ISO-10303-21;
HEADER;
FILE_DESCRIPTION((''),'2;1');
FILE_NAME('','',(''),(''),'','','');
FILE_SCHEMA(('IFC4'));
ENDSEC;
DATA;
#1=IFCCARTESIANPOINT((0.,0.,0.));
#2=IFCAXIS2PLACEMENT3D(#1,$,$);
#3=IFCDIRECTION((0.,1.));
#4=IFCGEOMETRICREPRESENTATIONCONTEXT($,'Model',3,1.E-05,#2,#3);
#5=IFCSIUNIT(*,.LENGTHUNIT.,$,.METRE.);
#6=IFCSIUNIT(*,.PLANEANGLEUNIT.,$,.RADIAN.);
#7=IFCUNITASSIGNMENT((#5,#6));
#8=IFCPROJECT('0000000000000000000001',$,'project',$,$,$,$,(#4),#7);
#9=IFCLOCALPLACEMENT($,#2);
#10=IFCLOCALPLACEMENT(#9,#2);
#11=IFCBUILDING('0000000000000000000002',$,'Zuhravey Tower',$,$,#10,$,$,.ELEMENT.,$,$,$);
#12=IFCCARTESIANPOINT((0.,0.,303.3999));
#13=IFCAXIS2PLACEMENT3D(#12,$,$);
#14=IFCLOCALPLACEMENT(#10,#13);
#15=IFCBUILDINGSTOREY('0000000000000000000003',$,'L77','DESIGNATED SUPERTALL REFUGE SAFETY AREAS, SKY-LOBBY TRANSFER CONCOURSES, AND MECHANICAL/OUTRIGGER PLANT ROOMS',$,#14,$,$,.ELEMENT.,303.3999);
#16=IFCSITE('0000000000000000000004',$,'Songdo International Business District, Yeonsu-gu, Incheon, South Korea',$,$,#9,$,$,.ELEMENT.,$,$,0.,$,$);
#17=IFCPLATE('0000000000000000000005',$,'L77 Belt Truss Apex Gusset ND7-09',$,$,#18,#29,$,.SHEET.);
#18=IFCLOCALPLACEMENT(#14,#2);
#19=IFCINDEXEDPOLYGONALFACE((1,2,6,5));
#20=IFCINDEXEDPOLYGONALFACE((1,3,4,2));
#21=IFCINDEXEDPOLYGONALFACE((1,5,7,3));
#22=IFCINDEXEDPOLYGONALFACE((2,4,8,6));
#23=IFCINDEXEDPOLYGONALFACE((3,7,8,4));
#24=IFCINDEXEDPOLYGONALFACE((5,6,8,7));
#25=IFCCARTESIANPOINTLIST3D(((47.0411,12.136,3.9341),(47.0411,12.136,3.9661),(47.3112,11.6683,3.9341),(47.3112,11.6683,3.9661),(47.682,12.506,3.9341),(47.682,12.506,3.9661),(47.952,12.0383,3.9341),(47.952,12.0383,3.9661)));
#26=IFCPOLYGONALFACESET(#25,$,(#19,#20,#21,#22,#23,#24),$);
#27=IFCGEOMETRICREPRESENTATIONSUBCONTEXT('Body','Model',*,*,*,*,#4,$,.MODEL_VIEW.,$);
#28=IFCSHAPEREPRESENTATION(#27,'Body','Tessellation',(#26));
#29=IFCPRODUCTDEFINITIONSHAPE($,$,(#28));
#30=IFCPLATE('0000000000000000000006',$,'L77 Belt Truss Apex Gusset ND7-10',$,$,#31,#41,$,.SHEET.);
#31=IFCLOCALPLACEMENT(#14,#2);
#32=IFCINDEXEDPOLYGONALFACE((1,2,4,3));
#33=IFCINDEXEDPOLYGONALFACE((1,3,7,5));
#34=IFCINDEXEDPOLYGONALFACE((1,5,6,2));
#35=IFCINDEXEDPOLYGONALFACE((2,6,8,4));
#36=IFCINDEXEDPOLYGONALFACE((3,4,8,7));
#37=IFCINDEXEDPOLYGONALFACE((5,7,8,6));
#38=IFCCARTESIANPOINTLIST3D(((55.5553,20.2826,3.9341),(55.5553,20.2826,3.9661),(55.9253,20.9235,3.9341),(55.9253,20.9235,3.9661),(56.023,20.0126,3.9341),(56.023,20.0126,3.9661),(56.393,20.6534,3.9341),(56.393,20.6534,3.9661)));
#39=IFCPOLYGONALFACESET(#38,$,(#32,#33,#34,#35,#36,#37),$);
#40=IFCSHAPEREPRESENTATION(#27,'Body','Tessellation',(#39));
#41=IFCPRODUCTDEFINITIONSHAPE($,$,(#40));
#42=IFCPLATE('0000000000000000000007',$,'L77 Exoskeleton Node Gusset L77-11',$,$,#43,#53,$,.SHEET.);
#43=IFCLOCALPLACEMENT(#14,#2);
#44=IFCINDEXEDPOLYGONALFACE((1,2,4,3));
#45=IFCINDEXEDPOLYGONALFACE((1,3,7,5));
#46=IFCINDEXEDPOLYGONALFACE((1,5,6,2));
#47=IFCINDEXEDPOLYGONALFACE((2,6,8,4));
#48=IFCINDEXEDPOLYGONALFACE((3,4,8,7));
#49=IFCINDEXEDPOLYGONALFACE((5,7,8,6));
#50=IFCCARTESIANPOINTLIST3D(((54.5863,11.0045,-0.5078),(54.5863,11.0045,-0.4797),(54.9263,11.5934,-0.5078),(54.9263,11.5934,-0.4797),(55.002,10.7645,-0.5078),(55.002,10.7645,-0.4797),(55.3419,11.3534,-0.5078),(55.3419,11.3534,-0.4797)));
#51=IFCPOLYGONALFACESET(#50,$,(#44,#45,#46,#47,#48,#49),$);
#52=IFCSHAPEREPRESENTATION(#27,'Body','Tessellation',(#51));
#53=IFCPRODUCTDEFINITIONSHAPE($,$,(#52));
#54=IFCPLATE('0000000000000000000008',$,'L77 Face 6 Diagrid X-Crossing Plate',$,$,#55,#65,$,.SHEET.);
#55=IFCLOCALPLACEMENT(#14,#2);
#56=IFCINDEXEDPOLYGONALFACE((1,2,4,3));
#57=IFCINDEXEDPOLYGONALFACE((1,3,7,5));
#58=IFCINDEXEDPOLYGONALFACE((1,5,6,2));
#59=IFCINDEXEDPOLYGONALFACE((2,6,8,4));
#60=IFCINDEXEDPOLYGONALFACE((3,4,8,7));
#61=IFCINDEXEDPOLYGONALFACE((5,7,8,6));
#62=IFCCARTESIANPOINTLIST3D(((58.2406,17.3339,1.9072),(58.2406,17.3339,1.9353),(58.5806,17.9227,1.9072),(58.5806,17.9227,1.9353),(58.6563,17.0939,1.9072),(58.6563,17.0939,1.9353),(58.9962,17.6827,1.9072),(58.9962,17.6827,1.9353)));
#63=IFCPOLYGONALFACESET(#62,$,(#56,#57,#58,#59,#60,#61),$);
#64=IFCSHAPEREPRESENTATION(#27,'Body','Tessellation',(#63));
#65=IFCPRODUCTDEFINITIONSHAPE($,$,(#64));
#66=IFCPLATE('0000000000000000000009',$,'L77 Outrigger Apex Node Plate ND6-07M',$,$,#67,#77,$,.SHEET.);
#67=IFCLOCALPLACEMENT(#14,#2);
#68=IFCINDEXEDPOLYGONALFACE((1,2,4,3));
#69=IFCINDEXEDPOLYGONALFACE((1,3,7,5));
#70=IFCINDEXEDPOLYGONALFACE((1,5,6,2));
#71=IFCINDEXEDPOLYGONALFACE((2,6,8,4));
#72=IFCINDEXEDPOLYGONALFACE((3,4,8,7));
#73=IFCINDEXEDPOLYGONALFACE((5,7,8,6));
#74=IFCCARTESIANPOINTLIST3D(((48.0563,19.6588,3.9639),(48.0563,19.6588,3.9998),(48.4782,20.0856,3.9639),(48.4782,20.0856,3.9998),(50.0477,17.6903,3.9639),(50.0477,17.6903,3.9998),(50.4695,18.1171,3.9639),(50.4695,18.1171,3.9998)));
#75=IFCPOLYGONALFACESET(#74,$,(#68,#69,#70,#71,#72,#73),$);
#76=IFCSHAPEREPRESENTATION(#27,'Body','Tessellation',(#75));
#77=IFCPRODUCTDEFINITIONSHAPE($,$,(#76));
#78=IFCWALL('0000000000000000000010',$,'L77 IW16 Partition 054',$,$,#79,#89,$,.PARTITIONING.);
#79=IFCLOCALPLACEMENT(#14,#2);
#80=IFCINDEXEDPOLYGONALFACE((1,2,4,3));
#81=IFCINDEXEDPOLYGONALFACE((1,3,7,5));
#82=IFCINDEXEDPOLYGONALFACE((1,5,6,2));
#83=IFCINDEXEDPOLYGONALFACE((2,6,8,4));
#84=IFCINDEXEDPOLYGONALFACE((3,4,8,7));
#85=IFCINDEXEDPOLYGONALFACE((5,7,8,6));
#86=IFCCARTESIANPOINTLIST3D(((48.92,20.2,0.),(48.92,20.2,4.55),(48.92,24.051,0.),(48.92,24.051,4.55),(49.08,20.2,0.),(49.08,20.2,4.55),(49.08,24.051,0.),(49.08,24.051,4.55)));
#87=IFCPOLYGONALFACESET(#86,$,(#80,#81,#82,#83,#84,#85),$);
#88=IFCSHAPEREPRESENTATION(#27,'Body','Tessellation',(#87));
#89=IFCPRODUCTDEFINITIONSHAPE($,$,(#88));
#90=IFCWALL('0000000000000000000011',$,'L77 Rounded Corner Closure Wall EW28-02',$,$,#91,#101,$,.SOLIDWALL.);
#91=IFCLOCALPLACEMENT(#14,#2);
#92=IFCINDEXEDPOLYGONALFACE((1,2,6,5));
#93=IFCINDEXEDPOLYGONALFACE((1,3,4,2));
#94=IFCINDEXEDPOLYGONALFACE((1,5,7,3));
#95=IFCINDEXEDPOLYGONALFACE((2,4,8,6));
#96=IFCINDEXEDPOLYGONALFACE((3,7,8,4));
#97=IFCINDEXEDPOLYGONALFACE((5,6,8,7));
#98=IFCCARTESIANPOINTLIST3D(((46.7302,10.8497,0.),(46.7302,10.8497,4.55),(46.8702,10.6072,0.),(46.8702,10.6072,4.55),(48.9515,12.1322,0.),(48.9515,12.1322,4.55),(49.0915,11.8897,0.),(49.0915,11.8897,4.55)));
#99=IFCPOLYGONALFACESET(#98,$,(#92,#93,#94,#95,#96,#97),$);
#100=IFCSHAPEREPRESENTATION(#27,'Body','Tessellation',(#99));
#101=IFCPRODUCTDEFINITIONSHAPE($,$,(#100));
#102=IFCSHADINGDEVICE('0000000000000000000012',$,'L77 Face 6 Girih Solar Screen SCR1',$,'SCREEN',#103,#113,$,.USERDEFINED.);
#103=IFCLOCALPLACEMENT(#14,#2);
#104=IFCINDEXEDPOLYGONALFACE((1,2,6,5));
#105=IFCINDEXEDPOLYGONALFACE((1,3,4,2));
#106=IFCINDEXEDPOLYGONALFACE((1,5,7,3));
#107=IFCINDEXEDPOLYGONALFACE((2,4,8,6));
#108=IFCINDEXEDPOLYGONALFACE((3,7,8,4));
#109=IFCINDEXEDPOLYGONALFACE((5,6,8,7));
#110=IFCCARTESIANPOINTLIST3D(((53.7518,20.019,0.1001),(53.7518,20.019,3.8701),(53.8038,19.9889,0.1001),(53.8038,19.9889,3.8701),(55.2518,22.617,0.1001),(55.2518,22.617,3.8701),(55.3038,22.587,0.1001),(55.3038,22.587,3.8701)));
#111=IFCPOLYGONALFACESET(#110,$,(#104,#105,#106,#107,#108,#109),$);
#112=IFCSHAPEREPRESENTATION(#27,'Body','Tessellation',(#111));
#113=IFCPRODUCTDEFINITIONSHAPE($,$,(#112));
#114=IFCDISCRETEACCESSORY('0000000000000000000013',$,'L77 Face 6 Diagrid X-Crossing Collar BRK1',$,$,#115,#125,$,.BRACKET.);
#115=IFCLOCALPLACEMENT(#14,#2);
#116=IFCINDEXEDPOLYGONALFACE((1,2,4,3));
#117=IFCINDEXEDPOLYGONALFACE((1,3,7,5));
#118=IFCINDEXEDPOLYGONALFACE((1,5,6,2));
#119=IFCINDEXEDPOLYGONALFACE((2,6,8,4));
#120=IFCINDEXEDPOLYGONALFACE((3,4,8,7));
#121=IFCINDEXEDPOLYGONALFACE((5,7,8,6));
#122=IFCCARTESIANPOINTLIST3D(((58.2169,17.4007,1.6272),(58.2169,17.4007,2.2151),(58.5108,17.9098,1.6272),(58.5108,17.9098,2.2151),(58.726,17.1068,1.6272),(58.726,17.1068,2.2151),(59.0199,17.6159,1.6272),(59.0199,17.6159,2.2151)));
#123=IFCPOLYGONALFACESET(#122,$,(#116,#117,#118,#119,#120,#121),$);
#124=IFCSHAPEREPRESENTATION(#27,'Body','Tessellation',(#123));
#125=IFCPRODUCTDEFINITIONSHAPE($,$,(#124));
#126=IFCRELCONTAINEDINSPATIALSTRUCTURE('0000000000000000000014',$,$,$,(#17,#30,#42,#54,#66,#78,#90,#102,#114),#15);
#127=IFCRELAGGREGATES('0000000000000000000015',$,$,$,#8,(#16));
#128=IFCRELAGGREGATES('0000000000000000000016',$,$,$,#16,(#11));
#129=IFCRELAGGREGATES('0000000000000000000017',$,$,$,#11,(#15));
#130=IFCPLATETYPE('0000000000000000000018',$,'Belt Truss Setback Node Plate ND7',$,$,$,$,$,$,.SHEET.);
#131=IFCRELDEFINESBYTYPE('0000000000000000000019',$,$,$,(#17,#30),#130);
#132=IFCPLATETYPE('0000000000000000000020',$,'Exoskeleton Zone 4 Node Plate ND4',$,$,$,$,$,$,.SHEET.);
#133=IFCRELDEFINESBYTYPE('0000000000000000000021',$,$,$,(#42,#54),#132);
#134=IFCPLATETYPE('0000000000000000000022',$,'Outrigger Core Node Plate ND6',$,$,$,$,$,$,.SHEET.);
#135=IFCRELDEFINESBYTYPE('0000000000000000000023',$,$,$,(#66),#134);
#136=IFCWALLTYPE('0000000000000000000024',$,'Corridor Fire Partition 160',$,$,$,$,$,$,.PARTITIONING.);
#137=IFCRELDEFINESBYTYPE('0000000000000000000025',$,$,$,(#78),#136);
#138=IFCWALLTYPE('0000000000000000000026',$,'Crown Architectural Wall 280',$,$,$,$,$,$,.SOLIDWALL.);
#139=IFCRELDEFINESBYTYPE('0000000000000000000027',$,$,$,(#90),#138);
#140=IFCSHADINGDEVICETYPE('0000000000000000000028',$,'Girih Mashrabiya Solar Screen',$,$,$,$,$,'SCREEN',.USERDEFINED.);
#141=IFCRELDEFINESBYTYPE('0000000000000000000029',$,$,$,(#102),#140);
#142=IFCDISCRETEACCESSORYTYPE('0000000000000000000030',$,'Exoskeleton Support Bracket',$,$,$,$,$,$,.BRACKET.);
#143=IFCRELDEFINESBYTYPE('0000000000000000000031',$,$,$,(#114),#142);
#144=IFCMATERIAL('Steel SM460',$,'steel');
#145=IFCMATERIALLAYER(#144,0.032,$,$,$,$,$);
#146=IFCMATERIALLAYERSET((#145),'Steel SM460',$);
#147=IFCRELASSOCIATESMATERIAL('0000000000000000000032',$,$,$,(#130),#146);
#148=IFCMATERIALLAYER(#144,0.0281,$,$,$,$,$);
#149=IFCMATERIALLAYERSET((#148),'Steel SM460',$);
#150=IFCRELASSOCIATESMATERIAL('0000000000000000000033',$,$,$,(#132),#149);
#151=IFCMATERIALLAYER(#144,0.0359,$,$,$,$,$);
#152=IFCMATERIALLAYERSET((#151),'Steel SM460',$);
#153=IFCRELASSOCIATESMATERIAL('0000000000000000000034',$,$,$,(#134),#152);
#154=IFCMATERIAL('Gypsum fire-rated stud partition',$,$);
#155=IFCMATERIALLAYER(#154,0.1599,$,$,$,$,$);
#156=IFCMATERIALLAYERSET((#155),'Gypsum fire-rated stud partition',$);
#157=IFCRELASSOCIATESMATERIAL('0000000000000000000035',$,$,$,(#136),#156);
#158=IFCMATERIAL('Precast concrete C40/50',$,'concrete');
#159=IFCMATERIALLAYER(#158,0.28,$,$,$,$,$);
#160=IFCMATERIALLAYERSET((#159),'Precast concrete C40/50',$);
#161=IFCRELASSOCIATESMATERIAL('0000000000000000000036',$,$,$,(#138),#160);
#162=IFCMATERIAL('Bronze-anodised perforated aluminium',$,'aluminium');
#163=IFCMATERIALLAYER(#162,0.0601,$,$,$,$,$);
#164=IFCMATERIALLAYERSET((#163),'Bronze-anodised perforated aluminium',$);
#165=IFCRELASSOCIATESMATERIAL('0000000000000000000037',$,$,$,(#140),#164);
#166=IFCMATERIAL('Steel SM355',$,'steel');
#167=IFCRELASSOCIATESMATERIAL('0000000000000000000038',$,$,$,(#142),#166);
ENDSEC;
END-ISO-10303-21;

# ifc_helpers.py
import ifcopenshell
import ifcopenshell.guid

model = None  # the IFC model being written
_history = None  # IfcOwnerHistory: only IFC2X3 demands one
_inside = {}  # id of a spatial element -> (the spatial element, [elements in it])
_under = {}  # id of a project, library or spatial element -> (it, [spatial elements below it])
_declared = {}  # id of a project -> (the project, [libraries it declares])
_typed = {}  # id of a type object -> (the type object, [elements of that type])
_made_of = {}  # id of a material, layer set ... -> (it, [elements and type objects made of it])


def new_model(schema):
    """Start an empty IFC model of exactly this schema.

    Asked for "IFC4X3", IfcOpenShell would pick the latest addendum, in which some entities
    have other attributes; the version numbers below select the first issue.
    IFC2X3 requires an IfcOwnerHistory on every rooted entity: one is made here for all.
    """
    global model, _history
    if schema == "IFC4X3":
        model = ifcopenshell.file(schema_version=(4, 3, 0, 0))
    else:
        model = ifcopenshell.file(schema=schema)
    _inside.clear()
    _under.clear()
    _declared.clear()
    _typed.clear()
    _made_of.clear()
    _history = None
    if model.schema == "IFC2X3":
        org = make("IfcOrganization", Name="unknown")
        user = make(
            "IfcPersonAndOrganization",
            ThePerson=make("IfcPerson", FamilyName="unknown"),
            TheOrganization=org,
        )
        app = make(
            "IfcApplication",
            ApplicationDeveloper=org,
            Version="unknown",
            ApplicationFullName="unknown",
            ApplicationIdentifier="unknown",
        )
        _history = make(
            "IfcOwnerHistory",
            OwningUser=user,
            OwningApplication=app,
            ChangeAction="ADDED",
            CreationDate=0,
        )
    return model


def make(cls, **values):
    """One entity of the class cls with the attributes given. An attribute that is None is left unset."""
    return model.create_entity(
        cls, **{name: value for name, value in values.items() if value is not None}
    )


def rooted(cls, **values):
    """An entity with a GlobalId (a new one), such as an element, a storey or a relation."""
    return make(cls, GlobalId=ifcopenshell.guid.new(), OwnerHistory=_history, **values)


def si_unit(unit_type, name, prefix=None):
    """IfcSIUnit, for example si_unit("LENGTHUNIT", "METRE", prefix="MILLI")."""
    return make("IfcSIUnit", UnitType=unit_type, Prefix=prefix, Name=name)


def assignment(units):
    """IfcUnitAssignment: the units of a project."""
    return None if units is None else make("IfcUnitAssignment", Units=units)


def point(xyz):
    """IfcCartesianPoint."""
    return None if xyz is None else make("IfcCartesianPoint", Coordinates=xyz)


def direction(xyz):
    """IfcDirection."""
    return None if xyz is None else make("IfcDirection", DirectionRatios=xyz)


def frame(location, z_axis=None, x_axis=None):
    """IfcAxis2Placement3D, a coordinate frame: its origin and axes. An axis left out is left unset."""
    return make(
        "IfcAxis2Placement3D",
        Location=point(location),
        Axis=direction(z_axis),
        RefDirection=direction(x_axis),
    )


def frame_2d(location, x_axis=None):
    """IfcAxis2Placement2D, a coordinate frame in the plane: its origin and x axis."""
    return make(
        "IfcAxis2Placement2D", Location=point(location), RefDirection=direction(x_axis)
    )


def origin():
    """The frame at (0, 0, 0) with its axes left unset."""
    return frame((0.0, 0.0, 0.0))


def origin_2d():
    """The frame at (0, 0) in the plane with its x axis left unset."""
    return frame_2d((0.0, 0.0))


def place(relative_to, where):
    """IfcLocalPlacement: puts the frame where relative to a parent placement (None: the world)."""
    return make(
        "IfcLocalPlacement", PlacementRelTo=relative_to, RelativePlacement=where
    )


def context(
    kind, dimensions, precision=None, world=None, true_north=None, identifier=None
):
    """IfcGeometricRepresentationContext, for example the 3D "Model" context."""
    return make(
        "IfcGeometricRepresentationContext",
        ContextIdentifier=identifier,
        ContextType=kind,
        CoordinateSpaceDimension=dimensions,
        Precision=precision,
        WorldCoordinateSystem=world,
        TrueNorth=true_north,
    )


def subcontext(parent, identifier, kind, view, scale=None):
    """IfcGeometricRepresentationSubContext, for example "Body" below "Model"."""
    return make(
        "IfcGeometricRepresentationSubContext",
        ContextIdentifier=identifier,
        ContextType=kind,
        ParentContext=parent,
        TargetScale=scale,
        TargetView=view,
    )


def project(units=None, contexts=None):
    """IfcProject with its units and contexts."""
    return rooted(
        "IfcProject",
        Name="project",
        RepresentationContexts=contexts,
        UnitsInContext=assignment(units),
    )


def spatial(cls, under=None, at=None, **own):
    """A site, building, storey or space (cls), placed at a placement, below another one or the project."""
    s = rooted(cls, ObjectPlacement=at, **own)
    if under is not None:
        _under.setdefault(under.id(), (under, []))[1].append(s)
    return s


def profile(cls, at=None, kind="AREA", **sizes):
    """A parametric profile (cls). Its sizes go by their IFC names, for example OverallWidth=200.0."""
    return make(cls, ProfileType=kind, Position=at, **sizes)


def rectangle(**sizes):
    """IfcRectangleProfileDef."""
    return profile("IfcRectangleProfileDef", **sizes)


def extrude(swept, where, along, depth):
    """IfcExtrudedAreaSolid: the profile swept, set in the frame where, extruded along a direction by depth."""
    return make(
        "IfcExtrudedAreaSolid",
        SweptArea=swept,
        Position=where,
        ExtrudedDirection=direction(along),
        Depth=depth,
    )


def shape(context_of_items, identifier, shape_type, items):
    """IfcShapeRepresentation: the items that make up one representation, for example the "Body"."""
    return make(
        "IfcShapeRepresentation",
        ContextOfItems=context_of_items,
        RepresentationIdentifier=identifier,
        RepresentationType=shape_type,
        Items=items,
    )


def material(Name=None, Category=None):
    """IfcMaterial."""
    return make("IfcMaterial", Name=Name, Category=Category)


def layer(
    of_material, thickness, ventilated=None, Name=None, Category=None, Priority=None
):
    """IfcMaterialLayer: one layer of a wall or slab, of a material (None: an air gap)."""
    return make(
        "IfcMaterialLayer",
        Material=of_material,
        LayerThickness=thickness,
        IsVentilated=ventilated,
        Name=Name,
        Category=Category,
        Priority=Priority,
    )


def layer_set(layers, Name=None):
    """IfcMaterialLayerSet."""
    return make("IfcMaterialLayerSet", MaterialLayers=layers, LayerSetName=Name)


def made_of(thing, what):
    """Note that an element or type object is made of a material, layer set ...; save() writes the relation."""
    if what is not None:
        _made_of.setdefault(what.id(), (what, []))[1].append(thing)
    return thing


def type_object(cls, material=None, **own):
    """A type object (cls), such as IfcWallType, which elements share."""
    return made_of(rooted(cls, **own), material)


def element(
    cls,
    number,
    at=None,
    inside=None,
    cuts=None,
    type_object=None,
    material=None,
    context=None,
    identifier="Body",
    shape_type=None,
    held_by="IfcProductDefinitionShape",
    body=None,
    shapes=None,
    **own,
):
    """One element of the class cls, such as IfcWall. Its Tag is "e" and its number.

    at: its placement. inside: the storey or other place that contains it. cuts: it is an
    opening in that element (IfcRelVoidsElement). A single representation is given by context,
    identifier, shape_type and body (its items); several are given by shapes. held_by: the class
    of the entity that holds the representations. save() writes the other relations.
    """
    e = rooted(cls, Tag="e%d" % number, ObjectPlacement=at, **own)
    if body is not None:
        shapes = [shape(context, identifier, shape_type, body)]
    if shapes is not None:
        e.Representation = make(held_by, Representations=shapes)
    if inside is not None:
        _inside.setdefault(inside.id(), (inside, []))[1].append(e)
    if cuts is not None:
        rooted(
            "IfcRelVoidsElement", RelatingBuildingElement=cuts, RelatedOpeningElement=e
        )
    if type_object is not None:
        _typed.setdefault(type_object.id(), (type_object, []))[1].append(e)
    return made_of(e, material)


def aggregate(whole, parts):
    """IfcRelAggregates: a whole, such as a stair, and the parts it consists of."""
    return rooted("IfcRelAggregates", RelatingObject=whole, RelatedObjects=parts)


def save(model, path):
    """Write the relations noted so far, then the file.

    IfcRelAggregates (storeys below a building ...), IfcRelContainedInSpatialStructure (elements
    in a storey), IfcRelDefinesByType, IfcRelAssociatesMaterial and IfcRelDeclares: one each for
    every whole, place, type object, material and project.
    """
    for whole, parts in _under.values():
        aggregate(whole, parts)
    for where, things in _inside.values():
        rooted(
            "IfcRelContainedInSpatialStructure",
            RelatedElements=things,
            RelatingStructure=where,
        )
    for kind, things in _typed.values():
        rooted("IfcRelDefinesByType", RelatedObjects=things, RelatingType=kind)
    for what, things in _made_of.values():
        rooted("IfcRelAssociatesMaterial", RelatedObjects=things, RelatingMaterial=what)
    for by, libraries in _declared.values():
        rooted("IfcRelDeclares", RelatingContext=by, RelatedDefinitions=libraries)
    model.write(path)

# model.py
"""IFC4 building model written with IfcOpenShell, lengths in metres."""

from ifc_helpers import new_model, si_unit, direction, frame, frame_2d, origin, origin_2d, place, context, subcontext, project, spatial, rectangle, extrude, material, layer, layer_set, type_object, element, save


model = new_model("IFC4")

# Units and contexts
model_context = context("Model", 3, precision=1e-05, world=origin(), true_north=direction((0.0, 1.0)))
body_context = subcontext(model_context, "Body", "Model", "MODEL_VIEW")
ifc_project = project(units=[si_unit("LENGTHUNIT", "METRE"), si_unit("PLANEANGLEUNIT", "RADIAN")], contexts=[model_context])

# Site, building, storey
site_placement = place(None, origin())
site = spatial("IfcSite", under=ifc_project, at=site_placement, Name="Songdo International Business District, Yeonsu-gu, Incheon, South Korea", CompositionType="ELEMENT", RefElevation=0.0)
building_placement = place(site_placement, origin())
building = spatial("IfcBuilding", under=site, at=building_placement, Name="Zuhravey Tower", CompositionType="ELEMENT")
storey_placement = place(building_placement, frame((0.0, 0.0, 303.3999)))
storey = spatial("IfcBuildingStorey", under=building, at=storey_placement, Name="L77", Description="DESIGNATED SUPERTALL REFUGE SAFETY AREAS, SKY-LOBBY TRANSFER CONCOURSES, AND MECHANICAL/OUTRIGGER PLANT ROOMS", CompositionType="ELEMENT", Elevation=303.3999)

# Shared definitions
ifc_material_1 = material(Name="Steel SM355", Category="steel")

# Shared definitions
ifc_material_2 = material(Name="Steel SM460", Category="steel")

# Plates
ifc_layer_1 = layer(ifc_material_2, 0.032)
ifc_layer_set_1 = layer_set([ifc_layer_1], Name="Steel SM460")
plate_type_1 = type_object("IfcPlateType", Name="Belt Truss Setback Node Plate ND7", PredefinedType="SHEET", material=ifc_layer_set_1)
for number, where, z_axis, x_axis, name in (
    (1, (47.4966, 12.0872, 3.9341), (0.0, 0.0, 1.0), (0.866025, 0.5, 0.0), "L77 Belt Truss Apex Gusset ND7-09"),
    (2, (55.9741, 20.468, 3.9341), (0.0, 0.0, 1.0), (0.5, 0.866025, 0.0), "L77 Belt Truss Apex Gusset ND7-10"),
):
    element("IfcPlate", number, at=place(storey_placement, frame(where, z_axis=z_axis, x_axis=x_axis)), inside=storey, type_object=plate_type_1, Name=name, PredefinedType="SHEET", context=body_context, shape_type="SweptSolid", body=[
        extrude(rectangle(XDim=0.74, YDim=0.54, at=origin_2d()), origin(), (0.0, 0.0, 1.0), 0.032),
    ])
ifc_layer_2 = layer(ifc_material_2, 0.0281)
ifc_layer_set_2 = layer_set([ifc_layer_2], Name="Steel SM460")
plate_type_2 = type_object("IfcPlateType", Name="Exoskeleton Zone 4 Node Plate ND4", PredefinedType="SHEET", material=ifc_layer_set_2)
for number, where, z_axis, x_axis, name in (
    (3, (54.9641, 11.179, -0.5078), (0.0, 0.0, 1.0), (0.5, 0.866025, 0.0), "L77 Exoskeleton Node Gusset L77-11"),
    (4, (58.6184, 17.5083, 1.9072), (0.0, 0.0, 1.0), (0.5, 0.866025, 0.0), "L77 Face 6 Diagrid X-Crossing Plate"),
):
    element("IfcPlate", number, at=place(storey_placement, frame(where, z_axis=z_axis, x_axis=x_axis)), inside=storey, type_object=plate_type_2, Name=name, PredefinedType="SHEET", context=body_context, shape_type="SweptSolid", body=[
        extrude(rectangle(XDim=0.6799, YDim=0.48, at=origin_2d()), origin(), (0.0, 0.0, 1.0), 0.0281),
    ])
ifc_layer_3 = layer(ifc_material_2, 0.0359)
ifc_layer_set_3 = layer_set([ifc_layer_3], Name="Steel SM460")
plate_type_3 = type_object("IfcPlateType", Name="Outrigger Core Node Plate ND6", PredefinedType="SHEET", material=ifc_layer_set_3)
plate_placement = place(storey_placement, frame((49.2629, 18.8879, 3.9639), z_axis=(0.0, 0.0, 1.0), x_axis=(0.711168, -0.703022, 0.0)))
element("IfcPlate", 5, at=plate_placement, inside=storey, type_object=plate_type_3, Name="L77 Outrigger Apex Node Plate ND6-07M", PredefinedType="SHEET", context=body_context, shape_type="SweptSolid", body=[
    extrude(rectangle(XDim=2.8, YDim=0.6001, at=origin_2d()), origin(), (0.0, 0.0, 1.0), 0.0359),
])

# Walls
ifc_material_3 = material(Name="Gypsum fire-rated stud partition")
ifc_layer_4 = layer(ifc_material_3, 0.1599)
ifc_layer_set_4 = layer_set([ifc_layer_4], Name="Gypsum fire-rated stud partition")
wall_type_1 = type_object("IfcWallType", Name="Corridor Fire Partition 160", PredefinedType="PARTITIONING", material=ifc_layer_set_4)
wall_1_placement = place(storey_placement, frame((49.0, 20.2, 0.0), z_axis=(0.0, 0.0, 1.0), x_axis=(0.0, 1.0, 0.0)))
element("IfcWall", 6, at=wall_1_placement, inside=storey, type_object=wall_type_1, Name="L77 IW16 Partition 054", PredefinedType="PARTITIONING", context=body_context, shape_type="SweptSolid", body=[
    extrude(rectangle(XDim=3.8511, YDim=0.1599, at=frame_2d((1.9255, 0.0))), origin(), (0.0, 0.0, 1.0), 4.55),
])
ifc_material_4 = material(Name="Precast concrete C40/50", Category="concrete")
ifc_layer_5 = layer(ifc_material_4, 0.28)
ifc_layer_set_5 = layer_set([ifc_layer_5], Name="Precast concrete C40/50")
wall_type_2 = type_object("IfcWallType", Name="Crown Architectural Wall 280", PredefinedType="SOLIDWALL", material=ifc_layer_set_5)
wall_2_placement = place(storey_placement, frame((49.0215, 12.011, 0.0), z_axis=(0.0, 0.0, 1.0), x_axis=(-0.866014, -0.500019, 0.0)))
element("IfcWall", 7, at=wall_2_placement, inside=storey, type_object=wall_type_2, Name="L77 Rounded Corner Closure Wall EW28-02", PredefinedType="SOLIDWALL", context=body_context, shape_type="SweptSolid", body=[
    extrude(rectangle(XDim=2.5649, YDim=0.28, at=frame_2d((1.2825, 0.0))), origin(), (0.0, 0.0, 1.0), 4.55),
])

# Shading device
ifc_material_5 = material(Name="Bronze-anodised perforated aluminium", Category="aluminium")
ifc_layer_6 = layer(ifc_material_5, 0.0601)
ifc_layer_set_6 = layer_set([ifc_layer_6], Name="Bronze-anodised perforated aluminium")
shading_device_type = type_object("IfcShadingDeviceType", Name="Girih Mashrabiya Solar Screen", ElementType="SCREEN", PredefinedType="USERDEFINED", material=ifc_layer_set_6)
shading_device_placement = place(storey_placement, frame((54.5278, 21.303, 0.1001), z_axis=(0.0, 0.0, 1.0), x_axis=(-0.5, -0.866025, 0.0)))
element("IfcShadingDevice", 8, at=shading_device_placement, inside=storey, type_object=shading_device_type, Name="L77 Face 6 Girih Solar Screen SCR1", ObjectType="SCREEN", PredefinedType="USERDEFINED", context=body_context, shape_type="SweptSolid", body=[
    extrude(rectangle(XDim=3.0, YDim=0.0601, at=origin_2d()), origin(), (0.0, 0.0, 1.0), 3.77),
])

# Discrete accessory
discrete_accessory_type = type_object("IfcDiscreteAccessoryType", Name="Exoskeleton Support Bracket", PredefinedType="BRACKET", material=ifc_material_1)
discrete_accessory_placement = place(storey_placement, frame((58.6184, 17.5083, 1.6272), z_axis=(0.0, 0.0, 1.0), x_axis=(0.5, 0.866025, 0.0)))
element("IfcDiscreteAccessory", 9, at=discrete_accessory_placement, inside=storey, type_object=discrete_accessory_type, Name="L77 Face 6 Diagrid X-Crossing Collar BRK1", PredefinedType="BRACKET", context=body_context, shape_type="SweptSolid", body=[
    extrude(rectangle(XDim=0.5879, YDim=0.5879, at=origin_2d()), origin(), (0.0, 0.0, 1.0), 0.5879),
])

save(model, "model.ifc")
